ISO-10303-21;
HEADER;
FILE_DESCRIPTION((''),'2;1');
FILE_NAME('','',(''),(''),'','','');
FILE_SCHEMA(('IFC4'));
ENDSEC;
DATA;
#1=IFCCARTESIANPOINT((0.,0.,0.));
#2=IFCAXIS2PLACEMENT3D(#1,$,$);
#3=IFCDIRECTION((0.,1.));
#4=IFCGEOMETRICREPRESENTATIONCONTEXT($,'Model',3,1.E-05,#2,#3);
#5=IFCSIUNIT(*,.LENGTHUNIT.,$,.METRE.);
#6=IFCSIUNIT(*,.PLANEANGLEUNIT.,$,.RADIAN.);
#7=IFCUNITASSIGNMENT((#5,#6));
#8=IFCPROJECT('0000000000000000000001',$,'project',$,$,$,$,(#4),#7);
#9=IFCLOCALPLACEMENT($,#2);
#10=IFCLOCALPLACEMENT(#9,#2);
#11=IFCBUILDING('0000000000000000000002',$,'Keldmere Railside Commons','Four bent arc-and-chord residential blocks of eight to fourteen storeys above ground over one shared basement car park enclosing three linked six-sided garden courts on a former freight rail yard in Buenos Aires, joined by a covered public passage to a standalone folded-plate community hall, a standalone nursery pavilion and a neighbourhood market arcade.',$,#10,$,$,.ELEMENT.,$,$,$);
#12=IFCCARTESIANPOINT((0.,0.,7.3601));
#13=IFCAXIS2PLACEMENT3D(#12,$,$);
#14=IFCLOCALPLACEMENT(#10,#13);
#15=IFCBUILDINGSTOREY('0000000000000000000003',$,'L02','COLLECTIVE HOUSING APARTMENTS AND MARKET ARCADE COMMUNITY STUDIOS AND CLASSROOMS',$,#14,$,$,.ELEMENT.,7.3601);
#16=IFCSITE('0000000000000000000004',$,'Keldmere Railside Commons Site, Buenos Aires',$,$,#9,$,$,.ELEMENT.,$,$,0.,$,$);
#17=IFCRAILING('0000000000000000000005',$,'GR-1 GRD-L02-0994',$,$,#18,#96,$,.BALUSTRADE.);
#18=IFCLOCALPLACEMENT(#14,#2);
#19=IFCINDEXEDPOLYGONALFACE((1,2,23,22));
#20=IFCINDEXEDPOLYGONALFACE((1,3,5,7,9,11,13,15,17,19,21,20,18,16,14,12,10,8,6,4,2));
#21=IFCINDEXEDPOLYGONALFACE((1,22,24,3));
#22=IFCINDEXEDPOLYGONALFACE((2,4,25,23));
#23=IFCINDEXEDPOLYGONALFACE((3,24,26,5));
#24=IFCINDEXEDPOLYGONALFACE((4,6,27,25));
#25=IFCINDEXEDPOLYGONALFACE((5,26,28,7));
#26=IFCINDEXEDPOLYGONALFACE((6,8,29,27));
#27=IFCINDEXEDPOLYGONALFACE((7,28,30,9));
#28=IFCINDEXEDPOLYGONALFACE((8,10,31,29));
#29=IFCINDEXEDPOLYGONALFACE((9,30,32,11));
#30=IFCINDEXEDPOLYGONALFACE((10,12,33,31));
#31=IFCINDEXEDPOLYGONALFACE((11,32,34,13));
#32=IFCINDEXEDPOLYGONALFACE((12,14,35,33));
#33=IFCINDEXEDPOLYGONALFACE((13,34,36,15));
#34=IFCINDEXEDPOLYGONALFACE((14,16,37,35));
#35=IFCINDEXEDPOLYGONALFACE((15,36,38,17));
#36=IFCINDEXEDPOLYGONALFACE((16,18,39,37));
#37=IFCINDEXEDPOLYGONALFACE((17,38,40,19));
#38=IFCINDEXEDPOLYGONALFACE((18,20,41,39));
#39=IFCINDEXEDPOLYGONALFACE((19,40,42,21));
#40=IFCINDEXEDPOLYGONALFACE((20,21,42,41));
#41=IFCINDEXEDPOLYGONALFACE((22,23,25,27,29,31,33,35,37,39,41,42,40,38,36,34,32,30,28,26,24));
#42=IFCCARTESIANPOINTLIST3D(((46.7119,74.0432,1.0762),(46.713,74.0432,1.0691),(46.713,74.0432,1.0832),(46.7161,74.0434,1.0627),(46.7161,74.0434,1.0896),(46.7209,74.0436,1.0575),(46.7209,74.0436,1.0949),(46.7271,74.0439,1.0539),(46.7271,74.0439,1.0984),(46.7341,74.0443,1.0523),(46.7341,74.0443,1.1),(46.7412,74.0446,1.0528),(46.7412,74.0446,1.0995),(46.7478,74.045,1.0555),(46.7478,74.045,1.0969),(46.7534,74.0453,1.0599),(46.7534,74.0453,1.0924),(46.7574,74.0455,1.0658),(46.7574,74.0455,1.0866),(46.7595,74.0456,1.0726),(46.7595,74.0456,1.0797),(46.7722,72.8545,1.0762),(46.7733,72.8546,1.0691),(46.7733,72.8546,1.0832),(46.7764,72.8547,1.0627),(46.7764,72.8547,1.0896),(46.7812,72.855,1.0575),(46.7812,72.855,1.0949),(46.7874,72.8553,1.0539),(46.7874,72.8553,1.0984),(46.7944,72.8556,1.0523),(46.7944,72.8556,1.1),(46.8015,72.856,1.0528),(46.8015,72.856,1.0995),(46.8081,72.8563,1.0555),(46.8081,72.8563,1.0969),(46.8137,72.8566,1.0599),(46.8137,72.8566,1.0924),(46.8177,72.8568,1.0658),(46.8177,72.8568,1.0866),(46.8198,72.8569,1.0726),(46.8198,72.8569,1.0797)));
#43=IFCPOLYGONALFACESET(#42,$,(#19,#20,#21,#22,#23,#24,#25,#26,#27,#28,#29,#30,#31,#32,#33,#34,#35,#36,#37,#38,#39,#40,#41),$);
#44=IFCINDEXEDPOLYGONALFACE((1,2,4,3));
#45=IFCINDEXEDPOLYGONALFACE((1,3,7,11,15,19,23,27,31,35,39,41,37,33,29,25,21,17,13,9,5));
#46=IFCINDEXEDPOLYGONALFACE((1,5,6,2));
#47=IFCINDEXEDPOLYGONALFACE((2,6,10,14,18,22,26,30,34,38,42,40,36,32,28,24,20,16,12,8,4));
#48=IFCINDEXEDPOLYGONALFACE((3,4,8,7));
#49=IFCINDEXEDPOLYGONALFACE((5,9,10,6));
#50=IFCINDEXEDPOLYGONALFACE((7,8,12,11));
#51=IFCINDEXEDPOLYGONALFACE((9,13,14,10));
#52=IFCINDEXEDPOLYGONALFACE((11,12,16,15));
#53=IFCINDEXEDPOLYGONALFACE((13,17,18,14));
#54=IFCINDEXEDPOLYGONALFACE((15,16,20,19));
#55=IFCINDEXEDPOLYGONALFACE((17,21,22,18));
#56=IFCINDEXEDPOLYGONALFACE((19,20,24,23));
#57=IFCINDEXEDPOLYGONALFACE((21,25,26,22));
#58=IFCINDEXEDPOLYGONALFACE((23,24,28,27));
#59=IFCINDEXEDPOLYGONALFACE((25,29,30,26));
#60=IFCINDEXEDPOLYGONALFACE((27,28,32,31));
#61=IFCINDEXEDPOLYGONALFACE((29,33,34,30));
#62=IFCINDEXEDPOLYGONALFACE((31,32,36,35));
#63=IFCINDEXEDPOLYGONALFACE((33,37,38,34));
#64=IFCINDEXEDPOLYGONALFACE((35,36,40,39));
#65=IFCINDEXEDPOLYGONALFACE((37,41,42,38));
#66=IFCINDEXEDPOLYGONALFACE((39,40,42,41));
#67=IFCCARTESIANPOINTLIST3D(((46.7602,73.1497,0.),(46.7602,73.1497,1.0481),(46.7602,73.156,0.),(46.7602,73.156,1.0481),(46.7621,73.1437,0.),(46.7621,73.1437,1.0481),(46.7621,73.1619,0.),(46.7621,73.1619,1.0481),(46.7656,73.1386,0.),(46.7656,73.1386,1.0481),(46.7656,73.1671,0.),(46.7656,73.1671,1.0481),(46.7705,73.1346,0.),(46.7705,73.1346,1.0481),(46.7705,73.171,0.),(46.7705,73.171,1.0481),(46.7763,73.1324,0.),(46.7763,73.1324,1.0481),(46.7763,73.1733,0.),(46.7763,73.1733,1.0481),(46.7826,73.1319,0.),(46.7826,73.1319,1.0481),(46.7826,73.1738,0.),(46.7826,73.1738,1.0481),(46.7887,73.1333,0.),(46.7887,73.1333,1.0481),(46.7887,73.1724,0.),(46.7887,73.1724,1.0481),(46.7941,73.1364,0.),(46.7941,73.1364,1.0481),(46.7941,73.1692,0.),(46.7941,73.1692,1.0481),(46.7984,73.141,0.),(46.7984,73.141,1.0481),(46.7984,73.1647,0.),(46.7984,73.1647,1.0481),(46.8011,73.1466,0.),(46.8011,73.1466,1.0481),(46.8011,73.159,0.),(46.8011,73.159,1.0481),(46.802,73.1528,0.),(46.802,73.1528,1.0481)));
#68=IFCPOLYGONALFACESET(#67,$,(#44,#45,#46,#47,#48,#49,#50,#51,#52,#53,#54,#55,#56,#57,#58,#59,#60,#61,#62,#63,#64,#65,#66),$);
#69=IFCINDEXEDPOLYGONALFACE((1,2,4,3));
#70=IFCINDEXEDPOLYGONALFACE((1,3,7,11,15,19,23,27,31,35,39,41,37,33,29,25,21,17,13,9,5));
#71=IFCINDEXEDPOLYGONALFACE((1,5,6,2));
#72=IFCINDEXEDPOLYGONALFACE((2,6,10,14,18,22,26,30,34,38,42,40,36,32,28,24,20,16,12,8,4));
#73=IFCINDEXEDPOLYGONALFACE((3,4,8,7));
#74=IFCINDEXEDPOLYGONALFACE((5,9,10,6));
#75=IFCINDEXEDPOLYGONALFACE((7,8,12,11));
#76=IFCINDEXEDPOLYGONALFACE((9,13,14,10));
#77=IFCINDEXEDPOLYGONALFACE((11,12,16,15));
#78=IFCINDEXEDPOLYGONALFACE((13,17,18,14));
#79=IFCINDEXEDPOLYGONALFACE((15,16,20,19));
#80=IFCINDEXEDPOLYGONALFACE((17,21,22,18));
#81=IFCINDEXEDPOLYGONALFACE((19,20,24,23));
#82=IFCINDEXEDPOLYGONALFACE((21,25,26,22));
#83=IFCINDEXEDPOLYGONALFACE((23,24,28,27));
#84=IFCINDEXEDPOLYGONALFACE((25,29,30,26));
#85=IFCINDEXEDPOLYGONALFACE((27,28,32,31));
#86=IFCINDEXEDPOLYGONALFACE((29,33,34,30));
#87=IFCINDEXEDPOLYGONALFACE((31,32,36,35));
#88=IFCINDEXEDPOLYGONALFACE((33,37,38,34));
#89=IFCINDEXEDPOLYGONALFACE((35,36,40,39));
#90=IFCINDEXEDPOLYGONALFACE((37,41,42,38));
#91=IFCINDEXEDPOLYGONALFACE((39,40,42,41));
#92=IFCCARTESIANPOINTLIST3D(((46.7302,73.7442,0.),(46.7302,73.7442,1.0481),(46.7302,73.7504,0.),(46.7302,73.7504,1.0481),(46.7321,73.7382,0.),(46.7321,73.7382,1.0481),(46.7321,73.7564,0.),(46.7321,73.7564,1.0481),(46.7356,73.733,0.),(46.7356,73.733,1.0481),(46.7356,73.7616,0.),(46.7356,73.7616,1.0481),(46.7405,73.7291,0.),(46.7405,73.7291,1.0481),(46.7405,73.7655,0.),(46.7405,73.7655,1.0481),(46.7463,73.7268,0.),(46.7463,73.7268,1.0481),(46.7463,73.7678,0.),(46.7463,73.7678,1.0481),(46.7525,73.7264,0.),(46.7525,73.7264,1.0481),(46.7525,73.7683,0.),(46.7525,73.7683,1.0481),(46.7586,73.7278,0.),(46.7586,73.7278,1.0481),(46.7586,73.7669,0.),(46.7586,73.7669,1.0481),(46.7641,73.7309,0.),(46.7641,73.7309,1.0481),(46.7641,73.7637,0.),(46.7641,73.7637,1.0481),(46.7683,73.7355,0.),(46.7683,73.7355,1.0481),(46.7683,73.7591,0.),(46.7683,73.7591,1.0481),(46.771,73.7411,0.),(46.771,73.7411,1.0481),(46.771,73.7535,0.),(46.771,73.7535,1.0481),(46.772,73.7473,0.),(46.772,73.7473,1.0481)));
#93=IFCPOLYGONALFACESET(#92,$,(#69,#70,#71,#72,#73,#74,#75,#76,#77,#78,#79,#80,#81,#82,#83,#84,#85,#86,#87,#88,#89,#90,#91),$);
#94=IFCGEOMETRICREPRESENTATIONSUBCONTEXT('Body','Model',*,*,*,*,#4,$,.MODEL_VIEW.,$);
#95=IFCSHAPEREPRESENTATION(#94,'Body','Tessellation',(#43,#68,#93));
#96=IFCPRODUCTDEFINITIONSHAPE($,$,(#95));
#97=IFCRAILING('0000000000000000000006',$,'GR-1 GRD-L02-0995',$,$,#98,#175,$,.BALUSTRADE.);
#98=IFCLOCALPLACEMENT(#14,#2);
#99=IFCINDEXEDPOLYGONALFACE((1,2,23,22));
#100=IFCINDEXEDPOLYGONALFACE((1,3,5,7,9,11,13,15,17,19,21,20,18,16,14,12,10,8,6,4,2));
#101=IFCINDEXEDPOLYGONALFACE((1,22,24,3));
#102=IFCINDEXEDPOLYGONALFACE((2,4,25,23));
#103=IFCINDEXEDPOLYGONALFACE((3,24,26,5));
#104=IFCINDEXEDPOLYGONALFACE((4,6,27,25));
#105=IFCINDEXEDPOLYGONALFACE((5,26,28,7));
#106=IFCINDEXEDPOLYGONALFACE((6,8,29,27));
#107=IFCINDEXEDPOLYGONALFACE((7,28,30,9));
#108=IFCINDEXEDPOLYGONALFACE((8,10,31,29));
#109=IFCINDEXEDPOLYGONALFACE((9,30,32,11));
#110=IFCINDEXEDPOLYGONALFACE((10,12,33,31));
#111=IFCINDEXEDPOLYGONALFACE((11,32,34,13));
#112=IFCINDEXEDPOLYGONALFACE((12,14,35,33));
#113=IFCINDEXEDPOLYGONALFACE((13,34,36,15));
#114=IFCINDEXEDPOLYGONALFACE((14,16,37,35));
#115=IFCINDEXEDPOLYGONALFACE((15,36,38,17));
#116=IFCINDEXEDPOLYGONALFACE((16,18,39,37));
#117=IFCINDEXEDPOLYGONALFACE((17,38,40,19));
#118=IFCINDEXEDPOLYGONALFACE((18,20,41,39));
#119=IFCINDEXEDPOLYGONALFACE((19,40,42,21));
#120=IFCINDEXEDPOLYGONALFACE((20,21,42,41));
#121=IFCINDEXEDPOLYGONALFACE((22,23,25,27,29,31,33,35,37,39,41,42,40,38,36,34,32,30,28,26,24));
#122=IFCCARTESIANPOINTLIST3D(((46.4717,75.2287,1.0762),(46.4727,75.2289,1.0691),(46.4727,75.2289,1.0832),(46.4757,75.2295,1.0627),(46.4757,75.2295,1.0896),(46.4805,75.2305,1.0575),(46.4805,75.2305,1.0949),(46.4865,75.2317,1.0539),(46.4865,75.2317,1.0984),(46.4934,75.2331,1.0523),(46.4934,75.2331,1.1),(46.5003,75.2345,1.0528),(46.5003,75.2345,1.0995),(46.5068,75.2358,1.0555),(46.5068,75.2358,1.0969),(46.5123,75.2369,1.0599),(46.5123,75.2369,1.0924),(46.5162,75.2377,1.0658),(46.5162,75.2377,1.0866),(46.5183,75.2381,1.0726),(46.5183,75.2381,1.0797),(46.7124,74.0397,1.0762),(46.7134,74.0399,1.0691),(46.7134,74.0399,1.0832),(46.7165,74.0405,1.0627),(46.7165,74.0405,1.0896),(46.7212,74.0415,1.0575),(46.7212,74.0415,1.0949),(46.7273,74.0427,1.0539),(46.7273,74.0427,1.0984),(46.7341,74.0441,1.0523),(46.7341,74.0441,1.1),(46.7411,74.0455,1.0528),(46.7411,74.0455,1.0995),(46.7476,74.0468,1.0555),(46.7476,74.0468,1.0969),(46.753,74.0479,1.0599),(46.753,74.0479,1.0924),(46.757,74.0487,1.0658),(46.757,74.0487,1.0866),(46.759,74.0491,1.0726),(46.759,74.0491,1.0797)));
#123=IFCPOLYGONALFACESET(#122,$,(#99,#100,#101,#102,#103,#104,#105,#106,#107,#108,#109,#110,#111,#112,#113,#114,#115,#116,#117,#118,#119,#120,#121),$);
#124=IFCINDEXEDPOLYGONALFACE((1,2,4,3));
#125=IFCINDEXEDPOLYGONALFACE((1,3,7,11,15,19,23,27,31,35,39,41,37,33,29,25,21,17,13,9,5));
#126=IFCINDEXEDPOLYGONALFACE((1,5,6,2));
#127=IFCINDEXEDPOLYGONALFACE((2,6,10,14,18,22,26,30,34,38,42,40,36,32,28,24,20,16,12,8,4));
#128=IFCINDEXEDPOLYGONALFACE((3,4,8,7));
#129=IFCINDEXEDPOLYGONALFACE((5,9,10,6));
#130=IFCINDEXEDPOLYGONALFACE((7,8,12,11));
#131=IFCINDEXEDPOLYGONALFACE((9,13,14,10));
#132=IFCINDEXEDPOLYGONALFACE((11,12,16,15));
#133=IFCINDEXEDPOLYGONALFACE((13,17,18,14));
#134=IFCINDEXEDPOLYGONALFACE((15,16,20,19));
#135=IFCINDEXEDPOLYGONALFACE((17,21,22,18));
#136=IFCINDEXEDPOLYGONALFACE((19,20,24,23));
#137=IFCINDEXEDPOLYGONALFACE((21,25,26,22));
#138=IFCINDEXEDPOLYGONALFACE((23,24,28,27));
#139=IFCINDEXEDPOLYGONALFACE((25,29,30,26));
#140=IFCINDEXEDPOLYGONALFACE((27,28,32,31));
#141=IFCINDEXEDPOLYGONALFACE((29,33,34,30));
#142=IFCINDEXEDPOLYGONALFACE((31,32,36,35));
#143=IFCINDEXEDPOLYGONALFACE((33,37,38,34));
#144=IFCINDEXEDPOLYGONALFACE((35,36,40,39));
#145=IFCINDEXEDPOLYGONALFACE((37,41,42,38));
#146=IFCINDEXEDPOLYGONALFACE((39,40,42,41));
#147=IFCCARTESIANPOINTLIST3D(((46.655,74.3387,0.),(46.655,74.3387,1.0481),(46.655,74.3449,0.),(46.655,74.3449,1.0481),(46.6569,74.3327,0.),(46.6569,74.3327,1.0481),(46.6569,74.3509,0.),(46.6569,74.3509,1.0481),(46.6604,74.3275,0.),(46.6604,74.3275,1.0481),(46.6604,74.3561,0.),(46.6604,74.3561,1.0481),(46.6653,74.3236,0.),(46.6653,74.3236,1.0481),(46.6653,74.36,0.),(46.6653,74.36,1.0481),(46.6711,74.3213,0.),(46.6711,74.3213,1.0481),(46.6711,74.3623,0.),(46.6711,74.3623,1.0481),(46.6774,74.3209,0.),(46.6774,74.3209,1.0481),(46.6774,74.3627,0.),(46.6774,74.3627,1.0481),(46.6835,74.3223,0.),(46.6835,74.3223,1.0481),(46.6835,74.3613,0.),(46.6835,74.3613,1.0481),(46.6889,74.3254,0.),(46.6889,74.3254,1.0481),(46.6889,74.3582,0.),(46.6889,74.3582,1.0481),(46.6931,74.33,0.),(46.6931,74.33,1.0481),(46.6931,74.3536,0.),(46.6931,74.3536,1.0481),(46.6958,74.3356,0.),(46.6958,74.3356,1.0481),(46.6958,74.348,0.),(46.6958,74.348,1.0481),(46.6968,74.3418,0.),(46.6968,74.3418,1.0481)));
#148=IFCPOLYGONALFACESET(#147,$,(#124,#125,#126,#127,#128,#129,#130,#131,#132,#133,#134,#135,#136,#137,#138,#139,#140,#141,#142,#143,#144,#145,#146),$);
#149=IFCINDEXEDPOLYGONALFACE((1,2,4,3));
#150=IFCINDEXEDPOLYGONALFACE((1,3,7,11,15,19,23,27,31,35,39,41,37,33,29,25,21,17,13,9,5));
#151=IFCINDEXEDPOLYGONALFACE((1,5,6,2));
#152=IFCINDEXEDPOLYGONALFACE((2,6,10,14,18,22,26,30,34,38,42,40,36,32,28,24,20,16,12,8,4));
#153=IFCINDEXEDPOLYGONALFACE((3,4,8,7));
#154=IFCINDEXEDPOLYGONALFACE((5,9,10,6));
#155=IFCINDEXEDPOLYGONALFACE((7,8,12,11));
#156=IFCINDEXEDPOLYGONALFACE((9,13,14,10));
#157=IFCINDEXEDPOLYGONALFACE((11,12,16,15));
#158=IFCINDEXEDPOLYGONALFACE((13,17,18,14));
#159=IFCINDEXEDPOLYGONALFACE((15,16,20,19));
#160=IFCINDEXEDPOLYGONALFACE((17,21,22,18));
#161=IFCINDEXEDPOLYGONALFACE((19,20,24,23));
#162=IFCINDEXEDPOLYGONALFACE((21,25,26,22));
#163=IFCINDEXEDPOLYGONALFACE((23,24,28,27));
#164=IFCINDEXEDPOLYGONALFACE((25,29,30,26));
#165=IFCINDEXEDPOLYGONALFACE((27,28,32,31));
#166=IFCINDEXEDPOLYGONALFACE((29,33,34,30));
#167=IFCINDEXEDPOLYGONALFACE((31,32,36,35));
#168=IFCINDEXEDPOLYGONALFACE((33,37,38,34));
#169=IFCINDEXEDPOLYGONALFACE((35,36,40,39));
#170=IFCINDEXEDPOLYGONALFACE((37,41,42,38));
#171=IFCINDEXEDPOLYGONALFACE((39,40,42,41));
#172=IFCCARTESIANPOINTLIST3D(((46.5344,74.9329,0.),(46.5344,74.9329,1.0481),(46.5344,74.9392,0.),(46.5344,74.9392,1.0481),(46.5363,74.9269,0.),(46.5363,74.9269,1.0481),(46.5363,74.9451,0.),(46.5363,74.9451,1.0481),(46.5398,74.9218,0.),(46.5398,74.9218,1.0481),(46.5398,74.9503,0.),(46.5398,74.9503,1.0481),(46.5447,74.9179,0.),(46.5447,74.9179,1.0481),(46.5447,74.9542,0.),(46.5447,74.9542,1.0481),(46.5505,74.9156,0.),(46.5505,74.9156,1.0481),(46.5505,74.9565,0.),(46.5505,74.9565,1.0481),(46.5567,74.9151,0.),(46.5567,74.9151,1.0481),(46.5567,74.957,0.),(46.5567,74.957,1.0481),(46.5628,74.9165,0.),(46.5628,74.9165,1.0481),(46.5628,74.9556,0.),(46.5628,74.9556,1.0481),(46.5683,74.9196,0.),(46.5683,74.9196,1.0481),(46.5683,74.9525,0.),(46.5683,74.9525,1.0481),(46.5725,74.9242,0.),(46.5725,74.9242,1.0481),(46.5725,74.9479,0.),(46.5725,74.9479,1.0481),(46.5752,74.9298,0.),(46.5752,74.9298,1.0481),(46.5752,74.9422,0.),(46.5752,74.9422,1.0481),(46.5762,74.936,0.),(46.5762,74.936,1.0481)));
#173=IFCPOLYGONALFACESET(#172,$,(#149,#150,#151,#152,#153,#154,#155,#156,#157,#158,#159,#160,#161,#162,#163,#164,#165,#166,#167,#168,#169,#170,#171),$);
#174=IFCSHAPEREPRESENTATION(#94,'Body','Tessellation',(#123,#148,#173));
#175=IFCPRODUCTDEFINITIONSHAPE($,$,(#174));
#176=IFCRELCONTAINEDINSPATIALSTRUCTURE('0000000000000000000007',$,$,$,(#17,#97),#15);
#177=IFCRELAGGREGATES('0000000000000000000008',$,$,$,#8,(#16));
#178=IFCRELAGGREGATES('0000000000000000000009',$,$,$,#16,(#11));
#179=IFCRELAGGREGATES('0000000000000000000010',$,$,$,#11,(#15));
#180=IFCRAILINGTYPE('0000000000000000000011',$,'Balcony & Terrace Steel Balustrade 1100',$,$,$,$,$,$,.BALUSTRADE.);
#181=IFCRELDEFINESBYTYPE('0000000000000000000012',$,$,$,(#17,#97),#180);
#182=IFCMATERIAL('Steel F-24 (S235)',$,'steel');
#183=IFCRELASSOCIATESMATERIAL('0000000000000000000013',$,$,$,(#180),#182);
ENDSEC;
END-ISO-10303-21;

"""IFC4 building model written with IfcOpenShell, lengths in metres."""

from ifc_helpers import new_model, si_unit, direction, frame, origin, origin_2d, place, context, subcontext, project, spatial, circle, extrude, material, type_object, element, save


model = new_model("IFC4")

# Units and contexts
model_context = context("Model", 3, precision=1e-05, world=origin(), true_north=direction((0.0, 1.0)))
body_context = subcontext(model_context, "Body", "Model", "MODEL_VIEW")
ifc_project = project(units=[si_unit("LENGTHUNIT", "METRE"), si_unit("PLANEANGLEUNIT", "RADIAN")], contexts=[model_context])

# Site, building, storey
site_placement = place(None, origin())
site = spatial("IfcSite", under=ifc_project, at=site_placement, Name="Keldmere Railside Commons Site, Buenos Aires", CompositionType="ELEMENT", RefElevation=0.0)
building_placement = place(site_placement, origin())
building = spatial("IfcBuilding", under=site, at=building_placement, Name="Keldmere Railside Commons", Description="Four bent arc-and-chord residential blocks of eight to fourteen storeys above ground over one shared basement car park enclosing three linked six-sided garden courts on a former freight rail yard in Buenos Aires, joined by a covered public passage to a standalone folded-plate community hall, a standalone nursery pavilion and a neighbourhood market arcade.", CompositionType="ELEMENT")
storey_placement = place(building_placement, frame((0.0, 0.0, 7.3601)))
storey = spatial("IfcBuildingStorey", under=building, at=storey_placement, Name="L02", Description="COLLECTIVE HOUSING APARTMENTS AND MARKET ARCADE COMMUNITY STUDIOS AND CLASSROOMS", CompositionType="ELEMENT", Elevation=7.3601)

# Shared definitions
ifc_material_1 = material(Name="Steel F-24 (S235)", Category="steel")

# Railings
railing_type_1 = type_object("IfcRailingType", Name="Balcony & Terrace Steel Balustrade 1100", PredefinedType="BALUSTRADE", material=ifc_material_1)
railing_1_placement = place(storey_placement, frame((46.7961, 72.8557, 0.0)))
element("IfcRailing", 1, at=railing_1_placement, inside=storey, type_object=railing_type_1, Name="GR-1 GRD-L02-0994", PredefinedType="BALUSTRADE", context=body_context, shape_type="SweptSolid", body=[
    extrude(circle(Radius=0.0239, at=origin_2d()), frame((0.0, 0.0, 1.0762), z_axis=(-0.050664, 0.998716, 0.0), x_axis=(-0.998716, -0.050664, 0.0)), (0.0, 0.0, 1.0), 1.1902),
    extrude(circle(Radius=0.021, at=origin_2d()), frame((-0.0151, 0.2971, 0.0)), (0.0, 0.0, 1.0), 1.0481),
    extrude(circle(Radius=0.021, at=origin_2d()), frame((-0.0452, 0.8916, 0.0)), (0.0, 0.0, 1.0), 1.0481),
])
railing_2_placement = place(storey_placement, frame((46.7358, 74.0444, 0.0)))
element("IfcRailing", 2, at=railing_2_placement, inside=storey, type_object=railing_type_1, Name="GR-1 GRD-L02-0995", PredefinedType="BALUSTRADE", context=body_context, shape_type="SweptSolid", body=[
    extrude(circle(Radius=0.0239, at=origin_2d()), frame((0.0, 0.0, 1.0762), z_axis=(-0.198438, 0.980113, 0.0), x_axis=(-0.980113, -0.198438, 0.0)), (0.0, 0.0, 1.0), 1.2131),
    extrude(circle(Radius=0.021, at=origin_2d()), frame((-0.0601, 0.2974, 0.0)), (0.0, 0.0, 1.0), 1.0481),
    extrude(circle(Radius=0.021, at=origin_2d()), frame((-0.1807, 0.8916, 0.0)), (0.0, 0.0, 1.0), 1.0481),
])

save(model, "model.ifc")
